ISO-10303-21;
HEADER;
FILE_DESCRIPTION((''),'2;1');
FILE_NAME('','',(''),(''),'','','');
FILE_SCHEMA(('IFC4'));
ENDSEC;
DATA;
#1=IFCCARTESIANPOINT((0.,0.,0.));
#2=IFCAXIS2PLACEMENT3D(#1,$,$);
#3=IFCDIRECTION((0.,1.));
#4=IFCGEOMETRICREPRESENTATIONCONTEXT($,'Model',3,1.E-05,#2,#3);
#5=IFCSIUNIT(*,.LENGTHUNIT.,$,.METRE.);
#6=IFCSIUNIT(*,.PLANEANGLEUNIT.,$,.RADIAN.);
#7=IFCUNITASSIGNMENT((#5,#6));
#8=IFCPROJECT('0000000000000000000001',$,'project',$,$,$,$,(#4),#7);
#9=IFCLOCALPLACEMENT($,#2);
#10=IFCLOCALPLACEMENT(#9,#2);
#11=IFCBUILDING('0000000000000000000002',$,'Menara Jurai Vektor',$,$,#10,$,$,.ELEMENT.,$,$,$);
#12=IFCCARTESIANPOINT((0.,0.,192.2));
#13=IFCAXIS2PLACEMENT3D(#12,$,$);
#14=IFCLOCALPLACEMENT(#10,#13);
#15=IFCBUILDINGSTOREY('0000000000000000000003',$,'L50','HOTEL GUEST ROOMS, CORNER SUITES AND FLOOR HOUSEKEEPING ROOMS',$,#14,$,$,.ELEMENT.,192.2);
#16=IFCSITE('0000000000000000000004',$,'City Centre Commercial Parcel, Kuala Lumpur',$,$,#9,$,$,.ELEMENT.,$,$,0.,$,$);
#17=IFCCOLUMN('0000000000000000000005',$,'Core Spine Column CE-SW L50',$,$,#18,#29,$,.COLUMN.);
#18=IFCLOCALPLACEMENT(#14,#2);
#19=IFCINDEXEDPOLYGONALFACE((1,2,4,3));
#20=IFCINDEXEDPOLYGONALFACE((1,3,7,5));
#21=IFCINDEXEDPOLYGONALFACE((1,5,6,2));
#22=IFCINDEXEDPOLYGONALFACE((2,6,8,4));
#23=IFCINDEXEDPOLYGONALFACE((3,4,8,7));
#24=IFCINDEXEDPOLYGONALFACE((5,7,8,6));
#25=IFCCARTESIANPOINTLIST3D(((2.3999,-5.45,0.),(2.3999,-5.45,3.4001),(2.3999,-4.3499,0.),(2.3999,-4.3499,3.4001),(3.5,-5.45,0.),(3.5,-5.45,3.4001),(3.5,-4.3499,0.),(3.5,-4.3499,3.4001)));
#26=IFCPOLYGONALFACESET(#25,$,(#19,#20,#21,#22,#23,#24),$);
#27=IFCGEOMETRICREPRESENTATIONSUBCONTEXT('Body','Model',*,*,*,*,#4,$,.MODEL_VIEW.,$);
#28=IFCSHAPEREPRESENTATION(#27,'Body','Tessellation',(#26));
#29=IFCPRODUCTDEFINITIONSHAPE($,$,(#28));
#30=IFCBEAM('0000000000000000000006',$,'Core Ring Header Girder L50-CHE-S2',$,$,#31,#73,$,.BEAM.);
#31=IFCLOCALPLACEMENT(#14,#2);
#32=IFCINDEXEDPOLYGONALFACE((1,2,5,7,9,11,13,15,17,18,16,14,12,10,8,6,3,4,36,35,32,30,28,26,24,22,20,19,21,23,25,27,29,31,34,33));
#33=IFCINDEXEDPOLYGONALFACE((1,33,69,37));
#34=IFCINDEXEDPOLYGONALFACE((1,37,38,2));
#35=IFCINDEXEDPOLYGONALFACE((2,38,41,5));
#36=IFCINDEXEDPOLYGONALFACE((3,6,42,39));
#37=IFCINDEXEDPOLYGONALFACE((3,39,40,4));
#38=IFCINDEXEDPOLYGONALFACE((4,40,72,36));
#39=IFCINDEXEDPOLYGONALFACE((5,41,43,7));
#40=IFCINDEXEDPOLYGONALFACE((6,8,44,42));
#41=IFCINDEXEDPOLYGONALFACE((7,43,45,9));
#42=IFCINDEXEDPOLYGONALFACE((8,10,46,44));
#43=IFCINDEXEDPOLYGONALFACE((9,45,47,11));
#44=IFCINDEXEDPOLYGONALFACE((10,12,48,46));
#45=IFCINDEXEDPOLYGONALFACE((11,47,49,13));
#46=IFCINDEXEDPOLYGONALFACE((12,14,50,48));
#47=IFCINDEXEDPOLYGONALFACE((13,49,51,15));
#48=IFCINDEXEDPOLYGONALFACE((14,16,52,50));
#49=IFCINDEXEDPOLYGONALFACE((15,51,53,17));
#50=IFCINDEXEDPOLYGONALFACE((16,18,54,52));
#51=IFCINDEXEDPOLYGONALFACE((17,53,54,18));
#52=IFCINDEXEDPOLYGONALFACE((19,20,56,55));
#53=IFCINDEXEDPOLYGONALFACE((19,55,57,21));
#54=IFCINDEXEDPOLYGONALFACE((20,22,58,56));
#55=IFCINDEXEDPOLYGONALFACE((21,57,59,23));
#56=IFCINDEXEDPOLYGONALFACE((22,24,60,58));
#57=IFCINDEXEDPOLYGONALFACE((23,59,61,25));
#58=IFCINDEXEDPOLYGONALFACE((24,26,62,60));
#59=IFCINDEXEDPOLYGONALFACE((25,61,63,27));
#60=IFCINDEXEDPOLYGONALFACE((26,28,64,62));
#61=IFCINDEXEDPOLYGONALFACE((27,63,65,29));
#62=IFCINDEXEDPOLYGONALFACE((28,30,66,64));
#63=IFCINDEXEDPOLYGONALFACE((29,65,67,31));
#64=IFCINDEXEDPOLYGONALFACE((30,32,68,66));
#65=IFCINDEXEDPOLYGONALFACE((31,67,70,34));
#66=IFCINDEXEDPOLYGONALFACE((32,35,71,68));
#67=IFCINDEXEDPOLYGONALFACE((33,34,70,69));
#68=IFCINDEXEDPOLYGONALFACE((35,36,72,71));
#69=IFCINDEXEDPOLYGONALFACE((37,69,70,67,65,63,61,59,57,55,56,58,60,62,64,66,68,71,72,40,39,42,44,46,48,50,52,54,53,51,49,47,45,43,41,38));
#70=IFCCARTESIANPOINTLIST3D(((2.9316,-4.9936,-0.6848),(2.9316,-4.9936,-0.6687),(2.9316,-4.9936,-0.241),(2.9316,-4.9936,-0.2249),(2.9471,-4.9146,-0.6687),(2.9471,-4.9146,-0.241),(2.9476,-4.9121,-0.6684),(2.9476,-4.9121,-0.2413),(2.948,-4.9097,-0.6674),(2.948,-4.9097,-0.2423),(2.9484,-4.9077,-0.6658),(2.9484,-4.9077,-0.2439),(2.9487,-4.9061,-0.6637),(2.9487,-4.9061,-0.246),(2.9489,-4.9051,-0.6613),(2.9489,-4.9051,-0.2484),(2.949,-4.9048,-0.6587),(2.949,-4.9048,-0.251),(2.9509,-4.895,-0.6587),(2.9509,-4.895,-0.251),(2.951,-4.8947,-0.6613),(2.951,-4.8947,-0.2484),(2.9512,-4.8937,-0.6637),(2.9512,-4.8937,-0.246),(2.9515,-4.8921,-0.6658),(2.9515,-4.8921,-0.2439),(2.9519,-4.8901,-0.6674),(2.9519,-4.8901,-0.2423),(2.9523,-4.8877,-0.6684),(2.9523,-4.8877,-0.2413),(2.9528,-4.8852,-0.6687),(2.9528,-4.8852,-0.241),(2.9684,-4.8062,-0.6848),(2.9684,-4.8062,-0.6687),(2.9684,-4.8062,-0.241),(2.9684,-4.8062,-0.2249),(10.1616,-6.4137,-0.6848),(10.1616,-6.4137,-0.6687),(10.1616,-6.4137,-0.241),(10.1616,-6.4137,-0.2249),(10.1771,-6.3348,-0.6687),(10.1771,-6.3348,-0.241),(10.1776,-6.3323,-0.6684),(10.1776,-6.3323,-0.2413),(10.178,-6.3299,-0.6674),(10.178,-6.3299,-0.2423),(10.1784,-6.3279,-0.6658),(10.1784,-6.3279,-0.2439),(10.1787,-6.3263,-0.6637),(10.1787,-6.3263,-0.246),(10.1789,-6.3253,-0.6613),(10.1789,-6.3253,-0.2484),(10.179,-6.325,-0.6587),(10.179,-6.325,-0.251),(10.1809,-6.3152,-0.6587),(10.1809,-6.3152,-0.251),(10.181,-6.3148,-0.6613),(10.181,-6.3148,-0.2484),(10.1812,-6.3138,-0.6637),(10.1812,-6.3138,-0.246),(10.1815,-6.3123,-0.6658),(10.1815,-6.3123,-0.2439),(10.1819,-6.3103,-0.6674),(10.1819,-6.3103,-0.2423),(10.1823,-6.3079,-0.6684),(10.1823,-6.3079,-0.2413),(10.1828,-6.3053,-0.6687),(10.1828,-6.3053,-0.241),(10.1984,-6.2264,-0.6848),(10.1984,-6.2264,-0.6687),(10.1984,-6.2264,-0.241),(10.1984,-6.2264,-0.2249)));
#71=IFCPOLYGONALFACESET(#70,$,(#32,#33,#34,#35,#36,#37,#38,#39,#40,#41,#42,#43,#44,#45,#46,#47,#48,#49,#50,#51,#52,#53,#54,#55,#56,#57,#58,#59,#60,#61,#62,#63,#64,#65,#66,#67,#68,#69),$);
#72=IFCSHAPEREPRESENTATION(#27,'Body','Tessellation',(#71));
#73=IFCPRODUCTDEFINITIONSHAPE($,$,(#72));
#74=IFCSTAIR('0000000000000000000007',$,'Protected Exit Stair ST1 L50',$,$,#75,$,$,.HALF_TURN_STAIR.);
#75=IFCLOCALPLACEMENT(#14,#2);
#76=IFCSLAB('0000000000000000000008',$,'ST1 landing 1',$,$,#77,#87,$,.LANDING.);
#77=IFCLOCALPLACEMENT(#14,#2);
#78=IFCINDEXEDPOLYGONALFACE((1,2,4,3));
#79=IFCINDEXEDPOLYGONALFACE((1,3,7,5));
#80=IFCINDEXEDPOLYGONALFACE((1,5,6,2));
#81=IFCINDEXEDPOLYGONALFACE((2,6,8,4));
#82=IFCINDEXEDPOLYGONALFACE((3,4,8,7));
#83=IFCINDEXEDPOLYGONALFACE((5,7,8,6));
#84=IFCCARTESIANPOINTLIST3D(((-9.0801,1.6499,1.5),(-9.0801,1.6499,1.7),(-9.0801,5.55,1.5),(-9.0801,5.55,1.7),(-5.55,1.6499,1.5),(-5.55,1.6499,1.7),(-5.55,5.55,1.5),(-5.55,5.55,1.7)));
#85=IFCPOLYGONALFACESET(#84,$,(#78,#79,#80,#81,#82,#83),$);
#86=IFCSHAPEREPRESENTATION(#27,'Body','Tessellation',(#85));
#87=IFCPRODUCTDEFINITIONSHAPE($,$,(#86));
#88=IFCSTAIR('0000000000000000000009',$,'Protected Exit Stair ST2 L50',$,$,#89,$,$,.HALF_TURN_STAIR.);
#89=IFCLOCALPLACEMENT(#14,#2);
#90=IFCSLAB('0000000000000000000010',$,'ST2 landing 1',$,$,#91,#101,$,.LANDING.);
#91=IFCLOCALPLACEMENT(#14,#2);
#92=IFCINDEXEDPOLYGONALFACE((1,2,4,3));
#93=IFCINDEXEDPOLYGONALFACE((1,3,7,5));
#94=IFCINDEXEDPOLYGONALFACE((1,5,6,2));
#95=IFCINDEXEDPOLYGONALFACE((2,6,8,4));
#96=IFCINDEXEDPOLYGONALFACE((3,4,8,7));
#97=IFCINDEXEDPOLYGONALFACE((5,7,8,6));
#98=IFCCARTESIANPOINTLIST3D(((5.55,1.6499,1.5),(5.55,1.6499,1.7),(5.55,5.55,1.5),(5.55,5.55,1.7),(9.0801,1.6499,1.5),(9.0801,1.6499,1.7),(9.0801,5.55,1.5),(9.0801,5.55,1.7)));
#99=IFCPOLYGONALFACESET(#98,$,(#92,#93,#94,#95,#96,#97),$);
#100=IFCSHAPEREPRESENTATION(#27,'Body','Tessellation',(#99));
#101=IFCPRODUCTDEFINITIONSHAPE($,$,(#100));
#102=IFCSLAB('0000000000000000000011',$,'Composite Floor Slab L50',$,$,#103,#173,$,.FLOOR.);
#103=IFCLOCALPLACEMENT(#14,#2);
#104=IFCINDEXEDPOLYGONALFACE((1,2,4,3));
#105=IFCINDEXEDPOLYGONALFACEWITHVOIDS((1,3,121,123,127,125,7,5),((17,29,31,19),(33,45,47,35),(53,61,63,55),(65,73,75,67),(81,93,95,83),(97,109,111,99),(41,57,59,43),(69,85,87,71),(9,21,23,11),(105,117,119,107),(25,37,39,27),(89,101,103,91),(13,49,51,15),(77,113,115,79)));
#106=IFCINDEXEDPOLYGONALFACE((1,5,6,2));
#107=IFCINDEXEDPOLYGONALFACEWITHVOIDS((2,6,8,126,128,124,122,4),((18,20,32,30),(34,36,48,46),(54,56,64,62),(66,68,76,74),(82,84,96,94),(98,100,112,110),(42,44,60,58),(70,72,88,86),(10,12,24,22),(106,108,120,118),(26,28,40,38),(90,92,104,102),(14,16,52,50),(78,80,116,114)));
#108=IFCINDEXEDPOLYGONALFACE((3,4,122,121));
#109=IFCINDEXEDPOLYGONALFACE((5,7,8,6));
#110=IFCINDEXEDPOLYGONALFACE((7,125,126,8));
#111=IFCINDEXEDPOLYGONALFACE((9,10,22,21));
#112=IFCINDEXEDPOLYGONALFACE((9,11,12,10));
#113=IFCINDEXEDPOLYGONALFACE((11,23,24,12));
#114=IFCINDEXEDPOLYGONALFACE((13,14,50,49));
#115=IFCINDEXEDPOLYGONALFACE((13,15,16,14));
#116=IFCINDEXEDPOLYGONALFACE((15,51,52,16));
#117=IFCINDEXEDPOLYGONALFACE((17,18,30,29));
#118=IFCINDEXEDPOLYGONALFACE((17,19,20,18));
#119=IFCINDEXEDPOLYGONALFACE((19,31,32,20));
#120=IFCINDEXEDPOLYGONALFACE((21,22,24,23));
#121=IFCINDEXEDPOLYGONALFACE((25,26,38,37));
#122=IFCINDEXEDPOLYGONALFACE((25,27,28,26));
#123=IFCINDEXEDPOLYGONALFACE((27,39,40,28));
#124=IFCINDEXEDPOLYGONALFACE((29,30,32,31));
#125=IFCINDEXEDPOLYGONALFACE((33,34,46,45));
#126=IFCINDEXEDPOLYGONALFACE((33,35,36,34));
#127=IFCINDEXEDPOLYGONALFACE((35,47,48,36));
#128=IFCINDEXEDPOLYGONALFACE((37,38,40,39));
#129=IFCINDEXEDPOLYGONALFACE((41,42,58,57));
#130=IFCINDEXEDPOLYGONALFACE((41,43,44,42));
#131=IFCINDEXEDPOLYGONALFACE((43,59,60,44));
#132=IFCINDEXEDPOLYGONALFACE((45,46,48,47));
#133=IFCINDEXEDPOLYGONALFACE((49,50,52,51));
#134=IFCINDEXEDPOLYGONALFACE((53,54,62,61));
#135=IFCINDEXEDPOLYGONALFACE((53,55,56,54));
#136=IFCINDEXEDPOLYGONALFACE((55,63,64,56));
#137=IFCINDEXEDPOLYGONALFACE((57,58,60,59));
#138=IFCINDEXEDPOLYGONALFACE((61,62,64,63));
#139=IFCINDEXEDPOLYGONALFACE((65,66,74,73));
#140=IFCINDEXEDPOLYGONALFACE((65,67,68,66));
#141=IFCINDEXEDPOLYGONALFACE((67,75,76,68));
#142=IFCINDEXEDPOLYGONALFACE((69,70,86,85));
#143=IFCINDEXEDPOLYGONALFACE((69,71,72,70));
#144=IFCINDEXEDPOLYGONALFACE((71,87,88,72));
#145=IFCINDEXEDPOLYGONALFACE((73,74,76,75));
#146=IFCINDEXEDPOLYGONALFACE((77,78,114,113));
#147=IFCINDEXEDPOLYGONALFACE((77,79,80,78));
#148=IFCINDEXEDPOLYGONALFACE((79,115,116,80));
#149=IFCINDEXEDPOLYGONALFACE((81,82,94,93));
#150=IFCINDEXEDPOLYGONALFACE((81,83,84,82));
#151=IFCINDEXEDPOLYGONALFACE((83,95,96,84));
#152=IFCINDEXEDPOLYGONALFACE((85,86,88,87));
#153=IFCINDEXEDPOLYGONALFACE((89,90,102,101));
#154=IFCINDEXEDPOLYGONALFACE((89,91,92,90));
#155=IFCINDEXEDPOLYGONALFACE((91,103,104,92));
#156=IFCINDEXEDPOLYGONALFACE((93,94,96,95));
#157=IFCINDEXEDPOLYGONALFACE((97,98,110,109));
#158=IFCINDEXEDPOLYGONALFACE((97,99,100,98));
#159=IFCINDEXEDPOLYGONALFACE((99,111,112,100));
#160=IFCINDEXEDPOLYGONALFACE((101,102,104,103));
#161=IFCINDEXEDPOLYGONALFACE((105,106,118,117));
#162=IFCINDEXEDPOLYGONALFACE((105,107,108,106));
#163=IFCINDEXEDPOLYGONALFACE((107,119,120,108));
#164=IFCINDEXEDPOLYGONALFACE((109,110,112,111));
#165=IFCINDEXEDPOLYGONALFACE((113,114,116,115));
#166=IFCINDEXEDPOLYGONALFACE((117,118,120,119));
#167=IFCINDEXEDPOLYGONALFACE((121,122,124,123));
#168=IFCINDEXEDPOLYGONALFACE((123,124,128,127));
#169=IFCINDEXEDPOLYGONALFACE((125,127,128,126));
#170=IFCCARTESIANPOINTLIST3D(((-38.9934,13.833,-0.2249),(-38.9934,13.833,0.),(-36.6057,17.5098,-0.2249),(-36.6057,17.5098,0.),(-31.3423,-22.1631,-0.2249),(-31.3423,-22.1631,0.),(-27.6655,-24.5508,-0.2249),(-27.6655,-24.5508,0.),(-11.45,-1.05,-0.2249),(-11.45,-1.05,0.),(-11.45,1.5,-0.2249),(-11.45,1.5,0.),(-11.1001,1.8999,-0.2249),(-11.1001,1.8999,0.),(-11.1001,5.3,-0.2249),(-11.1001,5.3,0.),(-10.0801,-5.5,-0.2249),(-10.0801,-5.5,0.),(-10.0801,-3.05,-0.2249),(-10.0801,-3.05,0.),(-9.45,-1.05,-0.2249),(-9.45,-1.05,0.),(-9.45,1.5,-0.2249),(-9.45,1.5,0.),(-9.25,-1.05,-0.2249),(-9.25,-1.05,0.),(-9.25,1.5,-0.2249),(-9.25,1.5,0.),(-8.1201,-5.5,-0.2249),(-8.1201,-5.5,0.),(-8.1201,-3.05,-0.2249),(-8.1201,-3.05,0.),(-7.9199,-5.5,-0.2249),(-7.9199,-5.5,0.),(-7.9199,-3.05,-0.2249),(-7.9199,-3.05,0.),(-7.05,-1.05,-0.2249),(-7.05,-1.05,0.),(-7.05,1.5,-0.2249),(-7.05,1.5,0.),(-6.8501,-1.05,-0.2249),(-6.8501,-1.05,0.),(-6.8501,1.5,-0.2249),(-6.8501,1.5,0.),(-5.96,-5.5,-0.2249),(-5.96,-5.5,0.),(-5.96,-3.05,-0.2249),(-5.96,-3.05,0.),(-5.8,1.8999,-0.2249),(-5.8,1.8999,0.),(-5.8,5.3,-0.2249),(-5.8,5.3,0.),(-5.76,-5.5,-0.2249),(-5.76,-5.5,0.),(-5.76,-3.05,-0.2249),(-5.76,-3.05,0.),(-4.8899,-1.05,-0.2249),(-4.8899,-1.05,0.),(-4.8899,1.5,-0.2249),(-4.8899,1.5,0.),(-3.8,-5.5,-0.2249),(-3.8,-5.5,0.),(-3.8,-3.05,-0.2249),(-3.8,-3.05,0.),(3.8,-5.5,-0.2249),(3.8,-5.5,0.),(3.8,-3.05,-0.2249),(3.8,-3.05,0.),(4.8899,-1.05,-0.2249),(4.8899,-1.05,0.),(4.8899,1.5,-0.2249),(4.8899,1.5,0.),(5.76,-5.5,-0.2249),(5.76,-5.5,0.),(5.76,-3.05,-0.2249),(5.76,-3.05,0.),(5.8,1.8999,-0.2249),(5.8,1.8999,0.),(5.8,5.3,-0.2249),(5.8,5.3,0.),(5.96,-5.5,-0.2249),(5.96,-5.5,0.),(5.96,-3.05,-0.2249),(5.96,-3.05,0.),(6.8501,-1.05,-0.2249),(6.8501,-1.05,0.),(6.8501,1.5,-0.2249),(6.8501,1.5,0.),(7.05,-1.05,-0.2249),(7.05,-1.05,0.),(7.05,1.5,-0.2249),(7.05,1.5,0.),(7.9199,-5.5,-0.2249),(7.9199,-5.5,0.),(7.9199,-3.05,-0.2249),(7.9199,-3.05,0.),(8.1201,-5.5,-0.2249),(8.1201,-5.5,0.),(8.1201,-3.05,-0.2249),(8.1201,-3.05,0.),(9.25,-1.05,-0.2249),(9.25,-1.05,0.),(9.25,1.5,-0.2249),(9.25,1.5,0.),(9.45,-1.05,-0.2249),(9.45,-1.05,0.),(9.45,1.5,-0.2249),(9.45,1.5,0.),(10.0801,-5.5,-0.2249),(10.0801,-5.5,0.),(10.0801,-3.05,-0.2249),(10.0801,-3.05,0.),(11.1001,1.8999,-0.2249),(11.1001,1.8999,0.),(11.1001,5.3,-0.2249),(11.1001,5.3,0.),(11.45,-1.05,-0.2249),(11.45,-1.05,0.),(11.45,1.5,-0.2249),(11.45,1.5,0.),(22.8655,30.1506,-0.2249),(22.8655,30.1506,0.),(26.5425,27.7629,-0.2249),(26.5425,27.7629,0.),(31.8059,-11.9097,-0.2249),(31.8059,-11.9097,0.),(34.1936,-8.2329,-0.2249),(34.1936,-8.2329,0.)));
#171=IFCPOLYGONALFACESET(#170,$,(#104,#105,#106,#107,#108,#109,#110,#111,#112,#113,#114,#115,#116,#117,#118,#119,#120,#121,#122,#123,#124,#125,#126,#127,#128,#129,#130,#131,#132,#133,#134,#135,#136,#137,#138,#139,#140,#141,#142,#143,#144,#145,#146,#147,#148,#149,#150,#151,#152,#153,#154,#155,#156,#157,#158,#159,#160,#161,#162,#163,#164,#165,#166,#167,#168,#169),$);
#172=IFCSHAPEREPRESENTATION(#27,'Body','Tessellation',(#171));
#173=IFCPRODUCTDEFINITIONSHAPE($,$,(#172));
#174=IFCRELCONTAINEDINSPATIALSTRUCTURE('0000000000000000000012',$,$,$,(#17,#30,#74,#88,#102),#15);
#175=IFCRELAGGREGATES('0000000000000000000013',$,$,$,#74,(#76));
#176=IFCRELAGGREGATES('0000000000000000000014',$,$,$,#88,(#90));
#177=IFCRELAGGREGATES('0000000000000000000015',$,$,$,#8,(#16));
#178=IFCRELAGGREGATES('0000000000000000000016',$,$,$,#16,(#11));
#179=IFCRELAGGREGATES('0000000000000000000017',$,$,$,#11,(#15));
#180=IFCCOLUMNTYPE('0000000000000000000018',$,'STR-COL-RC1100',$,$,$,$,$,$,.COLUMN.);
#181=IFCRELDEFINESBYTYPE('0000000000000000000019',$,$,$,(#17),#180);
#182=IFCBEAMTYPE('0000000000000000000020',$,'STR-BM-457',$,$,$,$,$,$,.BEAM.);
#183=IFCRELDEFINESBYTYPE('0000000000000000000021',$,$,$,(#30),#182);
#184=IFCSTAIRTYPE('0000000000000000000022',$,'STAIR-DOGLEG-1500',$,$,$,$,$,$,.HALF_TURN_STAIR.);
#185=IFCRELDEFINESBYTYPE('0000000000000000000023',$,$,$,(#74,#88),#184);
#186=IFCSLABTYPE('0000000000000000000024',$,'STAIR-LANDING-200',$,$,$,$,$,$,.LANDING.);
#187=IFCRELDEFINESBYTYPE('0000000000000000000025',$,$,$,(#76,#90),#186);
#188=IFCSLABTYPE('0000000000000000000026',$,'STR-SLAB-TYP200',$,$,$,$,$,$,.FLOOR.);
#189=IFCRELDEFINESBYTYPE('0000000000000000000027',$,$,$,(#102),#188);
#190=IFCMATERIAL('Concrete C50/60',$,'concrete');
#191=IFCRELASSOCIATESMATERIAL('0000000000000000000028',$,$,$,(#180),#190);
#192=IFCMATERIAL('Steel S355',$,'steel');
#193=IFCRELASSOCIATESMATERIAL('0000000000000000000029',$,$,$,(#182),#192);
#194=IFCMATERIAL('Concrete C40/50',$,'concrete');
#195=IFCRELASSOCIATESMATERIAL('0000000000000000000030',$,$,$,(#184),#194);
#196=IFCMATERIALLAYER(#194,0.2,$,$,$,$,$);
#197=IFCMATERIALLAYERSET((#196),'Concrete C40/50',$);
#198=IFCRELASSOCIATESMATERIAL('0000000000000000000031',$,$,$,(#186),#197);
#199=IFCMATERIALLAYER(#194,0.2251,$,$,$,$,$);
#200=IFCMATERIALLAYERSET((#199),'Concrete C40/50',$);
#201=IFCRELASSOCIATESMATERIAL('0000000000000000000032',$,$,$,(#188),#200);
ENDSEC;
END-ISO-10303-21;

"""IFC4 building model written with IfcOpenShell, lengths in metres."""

from ifc_helpers import new_model, si_unit, direction, frame, origin, origin_2d, place, context, subcontext, project, spatial, polyline, rectangle, i_section, outline, extrude, material, layer, layer_set, material_profile, profile_set, type_object, element, aggregate, save


model = new_model("IFC4")

# Units and contexts
model_context = context("Model", 3, precision=1e-05, world=origin(), true_north=direction((0.0, 1.0)))
body_context = subcontext(model_context, "Body", "Model", "MODEL_VIEW")
ifc_project = project(units=[si_unit("LENGTHUNIT", "METRE"), si_unit("PLANEANGLEUNIT", "RADIAN")], contexts=[model_context])

# Site, building, storey
site_placement = place(None, origin())
site = spatial("IfcSite", under=ifc_project, at=site_placement, Name="City Centre Commercial Parcel, Kuala Lumpur", CompositionType="ELEMENT", RefElevation=0.0)
building_placement = place(site_placement, origin())
building = spatial("IfcBuilding", under=site, at=building_placement, Name="Menara Jurai Vektor", CompositionType="ELEMENT")
storey_placement = place(building_placement, frame((0.0, 0.0, 192.2)))
storey = spatial("IfcBuildingStorey", under=building, at=storey_placement, Name="L50", Description="HOTEL GUEST ROOMS, CORNER SUITES AND FLOOR HOUSEKEEPING ROOMS", CompositionType="ELEMENT", Elevation=192.2)

# Column
ifc_material_1 = material(Name="Concrete C50/60", Category="concrete")
ifc_material_profile_1 = material_profile(ifc_material_1, rectangle(XDim=1.1001, YDim=1.1001, at=origin_2d()), Name="RC 1100x1100")
ifc_profile_set_1 = profile_set([ifc_material_profile_1], Name="Concrete C50/60")
column_type = type_object("IfcColumnType", Name="STR-COL-RC1100", PredefinedType="COLUMN", material=ifc_profile_set_1)
column_placement = place(storey_placement, frame((2.95, -4.8999, 0.0), z_axis=(0.0, 0.0, 1.0), x_axis=(1.0, 0.0, 0.0)))
element("IfcColumn", 1, at=column_placement, inside=storey, type_object=column_type, Name="Core Spine Column CE-SW L50", PredefinedType="COLUMN", context=body_context, shape_type="SweptSolid", body=[
    extrude(rectangle(XDim=1.1001, YDim=1.1001, at=origin_2d()), origin(), (0.0, 0.0, 1.0), 3.4001),
])

# Beam
ifc_material_2 = material(Name="Steel S355", Category="steel")
ifc_material_profile_2 = material_profile(ifc_material_2, i_section(OverallWidth=0.1909, OverallDepth=0.46, WebThickness=0.01, FlangeThickness=0.0161, FilletRadius=0.01, at=origin_2d()), Name="UKB 457x191x82")
ifc_profile_set_2 = profile_set([ifc_material_profile_2], Name="Steel S355")
beam_type = type_object("IfcBeamType", Name="STR-BM-457", PredefinedType="BEAM", material=ifc_profile_set_2)
beam_placement = place(storey_placement, frame((2.95, -4.8999, -0.4548), z_axis=(0.981249, -0.192744, 0.0), x_axis=(0.192744, 0.981249, 0.0)))
element("IfcBeam", 2, at=beam_placement, inside=storey, type_object=beam_type, Name="Core Ring Header Girder L50-CHE-S2", PredefinedType="BEAM", context=body_context, shape_type="SweptSolid", body=[
    extrude(i_section(OverallWidth=0.1909, OverallDepth=0.46, WebThickness=0.01, FlangeThickness=0.0161, FilletRadius=0.01, at=origin_2d()), origin(), (0.0, 0.0, 1.0), 7.3682),
])

# Stairs, slabs
ifc_material_3 = material(Name="Concrete C40/50", Category="concrete")
stair_type = type_object("IfcStairType", Name="STAIR-DOGLEG-1500", PredefinedType="HALF_TURN_STAIR", material=ifc_material_3)
stair_1_placement = place(storey_placement, origin())
stair_1 = element("IfcStair", 3, at=stair_1_placement, inside=storey, type_object=stair_type, Name="Protected Exit Stair ST1 L50", PredefinedType="HALF_TURN_STAIR")
ifc_layer_1 = layer(ifc_material_3, 0.2)
ifc_layer_set_1 = layer_set([ifc_layer_1], Name="Concrete C40/50")
slab_type_1 = type_object("IfcSlabType", Name="STAIR-LANDING-200", PredefinedType="LANDING", material=ifc_layer_set_1)
slab_1_placement = place(storey_placement, frame((0.0, 0.0, 1.5)))
slab_1 = element("IfcSlab", 4, at=slab_1_placement, type_object=slab_type_1, Name="ST1 landing 1", PredefinedType="LANDING", context=body_context, shape_type="SweptSolid", body=[
    extrude(outline(polyline([(-9.0801, 1.6499), (-5.55, 1.6499), (-5.55, 5.55), (-9.0801, 5.55), (-9.0801, 1.6499)])), origin(), (0.0, 0.0, 1.0), 0.2),
])
aggregate(stair_1, [slab_1])
stair_2_placement = place(storey_placement, origin())
stair_2 = element("IfcStair", 5, at=stair_2_placement, inside=storey, type_object=stair_type, Name="Protected Exit Stair ST2 L50", PredefinedType="HALF_TURN_STAIR")
slab_2_placement = place(storey_placement, frame((0.0, 0.0, 1.5)))
slab_2 = element("IfcSlab", 6, at=slab_2_placement, type_object=slab_type_1, Name="ST2 landing 1", PredefinedType="LANDING", context=body_context, shape_type="SweptSolid", body=[
    extrude(outline(polyline([(5.55, 1.6499), (9.0801, 1.6499), (9.0801, 5.55), (5.55, 5.55), (5.55, 1.6499)])), origin(), (0.0, 0.0, 1.0), 0.2),
])
aggregate(stair_2, [slab_2])

# Slab
ifc_layer_2 = layer(ifc_material_3, 0.2251)
ifc_layer_set_2 = layer_set([ifc_layer_2], Name="Concrete C40/50")
slab_type_2 = type_object("IfcSlabType", Name="STR-SLAB-TYP200", PredefinedType="FLOOR", material=ifc_layer_set_2)
slab_3_placement = place(storey_placement, frame((0.0, 0.0, -0.2249)))
element("IfcSlab", 7, at=slab_3_placement, inside=storey, type_object=slab_type_2, Name="Composite Floor Slab L50", PredefinedType="FLOOR", context=body_context, shape_type="SweptSolid", body=[
    extrude(outline(polyline([(-27.6655, -24.5508), (31.8059, -11.9097), (34.1936, -8.2329), (26.5425, 27.7629), (22.8655, 30.1506), (-36.6057, 17.5098), (-38.9934, 13.833), (-31.3423, -22.1631), (-27.6655, -24.5508)]), holes=[polyline([(-11.1001, 1.8999), (-11.1001, 5.3), (-5.8, 5.3), (-5.8, 1.8999), (-11.1001, 1.8999)]), polyline([(5.8, 1.8999), (5.8, 5.3), (11.1001, 5.3), (11.1001, 1.8999), (5.8, 1.8999)]), polyline([(-11.45, -1.05), (-11.45, 1.5), (-9.45, 1.5), (-9.45, -1.05), (-11.45, -1.05)]), polyline([(9.45, -1.05), (9.45, 1.5), (11.45, 1.5), (11.45, -1.05), (9.45, -1.05)]), polyline([(-5.76, -5.5), (-5.76, -3.05), (-3.8, -3.05), (-3.8, -5.5), (-5.76, -5.5)]), polyline([(-6.8501, -1.05), (-6.8501, 1.5), (-4.8899, 1.5), (-4.8899, -1.05), (-6.8501, -1.05)]), polyline([(3.8, -5.5), (3.8, -3.05), (5.76, -3.05), (5.76, -5.5), (3.8, -5.5)]), polyline([(4.8899, -1.05), (4.8899, 1.5), (6.8501, 1.5), (6.8501, -1.05), (4.8899, -1.05)]), polyline([(-10.0801, -5.5), (-10.0801, -3.05), (-8.1201, -3.05), (-8.1201, -5.5), (-10.0801, -5.5)]), polyline([(-7.9199, -5.5), (-7.9199, -3.05), (-5.96, -3.05), (-5.96, -5.5), (-7.9199, -5.5)]), polyline([(5.96, -5.5), (5.96, -3.05), (7.9199, -3.05), (7.9199, -5.5), (5.96, -5.5)]), polyline([(8.1201, -5.5), (8.1201, -3.05), (10.0801, -3.05), (10.0801, -5.5), (8.1201, -5.5)]), polyline([(-9.25, -1.05), (-9.25, 1.5), (-7.05, 1.5), (-7.05, -1.05), (-9.25, -1.05)]), polyline([(7.05, -1.05), (7.05, 1.5), (9.25, 1.5), (9.25, -1.05), (7.05, -1.05)])]), origin(), (0.0, 0.0, 1.0), 0.2249),
])

save(model, "model.ifc")
